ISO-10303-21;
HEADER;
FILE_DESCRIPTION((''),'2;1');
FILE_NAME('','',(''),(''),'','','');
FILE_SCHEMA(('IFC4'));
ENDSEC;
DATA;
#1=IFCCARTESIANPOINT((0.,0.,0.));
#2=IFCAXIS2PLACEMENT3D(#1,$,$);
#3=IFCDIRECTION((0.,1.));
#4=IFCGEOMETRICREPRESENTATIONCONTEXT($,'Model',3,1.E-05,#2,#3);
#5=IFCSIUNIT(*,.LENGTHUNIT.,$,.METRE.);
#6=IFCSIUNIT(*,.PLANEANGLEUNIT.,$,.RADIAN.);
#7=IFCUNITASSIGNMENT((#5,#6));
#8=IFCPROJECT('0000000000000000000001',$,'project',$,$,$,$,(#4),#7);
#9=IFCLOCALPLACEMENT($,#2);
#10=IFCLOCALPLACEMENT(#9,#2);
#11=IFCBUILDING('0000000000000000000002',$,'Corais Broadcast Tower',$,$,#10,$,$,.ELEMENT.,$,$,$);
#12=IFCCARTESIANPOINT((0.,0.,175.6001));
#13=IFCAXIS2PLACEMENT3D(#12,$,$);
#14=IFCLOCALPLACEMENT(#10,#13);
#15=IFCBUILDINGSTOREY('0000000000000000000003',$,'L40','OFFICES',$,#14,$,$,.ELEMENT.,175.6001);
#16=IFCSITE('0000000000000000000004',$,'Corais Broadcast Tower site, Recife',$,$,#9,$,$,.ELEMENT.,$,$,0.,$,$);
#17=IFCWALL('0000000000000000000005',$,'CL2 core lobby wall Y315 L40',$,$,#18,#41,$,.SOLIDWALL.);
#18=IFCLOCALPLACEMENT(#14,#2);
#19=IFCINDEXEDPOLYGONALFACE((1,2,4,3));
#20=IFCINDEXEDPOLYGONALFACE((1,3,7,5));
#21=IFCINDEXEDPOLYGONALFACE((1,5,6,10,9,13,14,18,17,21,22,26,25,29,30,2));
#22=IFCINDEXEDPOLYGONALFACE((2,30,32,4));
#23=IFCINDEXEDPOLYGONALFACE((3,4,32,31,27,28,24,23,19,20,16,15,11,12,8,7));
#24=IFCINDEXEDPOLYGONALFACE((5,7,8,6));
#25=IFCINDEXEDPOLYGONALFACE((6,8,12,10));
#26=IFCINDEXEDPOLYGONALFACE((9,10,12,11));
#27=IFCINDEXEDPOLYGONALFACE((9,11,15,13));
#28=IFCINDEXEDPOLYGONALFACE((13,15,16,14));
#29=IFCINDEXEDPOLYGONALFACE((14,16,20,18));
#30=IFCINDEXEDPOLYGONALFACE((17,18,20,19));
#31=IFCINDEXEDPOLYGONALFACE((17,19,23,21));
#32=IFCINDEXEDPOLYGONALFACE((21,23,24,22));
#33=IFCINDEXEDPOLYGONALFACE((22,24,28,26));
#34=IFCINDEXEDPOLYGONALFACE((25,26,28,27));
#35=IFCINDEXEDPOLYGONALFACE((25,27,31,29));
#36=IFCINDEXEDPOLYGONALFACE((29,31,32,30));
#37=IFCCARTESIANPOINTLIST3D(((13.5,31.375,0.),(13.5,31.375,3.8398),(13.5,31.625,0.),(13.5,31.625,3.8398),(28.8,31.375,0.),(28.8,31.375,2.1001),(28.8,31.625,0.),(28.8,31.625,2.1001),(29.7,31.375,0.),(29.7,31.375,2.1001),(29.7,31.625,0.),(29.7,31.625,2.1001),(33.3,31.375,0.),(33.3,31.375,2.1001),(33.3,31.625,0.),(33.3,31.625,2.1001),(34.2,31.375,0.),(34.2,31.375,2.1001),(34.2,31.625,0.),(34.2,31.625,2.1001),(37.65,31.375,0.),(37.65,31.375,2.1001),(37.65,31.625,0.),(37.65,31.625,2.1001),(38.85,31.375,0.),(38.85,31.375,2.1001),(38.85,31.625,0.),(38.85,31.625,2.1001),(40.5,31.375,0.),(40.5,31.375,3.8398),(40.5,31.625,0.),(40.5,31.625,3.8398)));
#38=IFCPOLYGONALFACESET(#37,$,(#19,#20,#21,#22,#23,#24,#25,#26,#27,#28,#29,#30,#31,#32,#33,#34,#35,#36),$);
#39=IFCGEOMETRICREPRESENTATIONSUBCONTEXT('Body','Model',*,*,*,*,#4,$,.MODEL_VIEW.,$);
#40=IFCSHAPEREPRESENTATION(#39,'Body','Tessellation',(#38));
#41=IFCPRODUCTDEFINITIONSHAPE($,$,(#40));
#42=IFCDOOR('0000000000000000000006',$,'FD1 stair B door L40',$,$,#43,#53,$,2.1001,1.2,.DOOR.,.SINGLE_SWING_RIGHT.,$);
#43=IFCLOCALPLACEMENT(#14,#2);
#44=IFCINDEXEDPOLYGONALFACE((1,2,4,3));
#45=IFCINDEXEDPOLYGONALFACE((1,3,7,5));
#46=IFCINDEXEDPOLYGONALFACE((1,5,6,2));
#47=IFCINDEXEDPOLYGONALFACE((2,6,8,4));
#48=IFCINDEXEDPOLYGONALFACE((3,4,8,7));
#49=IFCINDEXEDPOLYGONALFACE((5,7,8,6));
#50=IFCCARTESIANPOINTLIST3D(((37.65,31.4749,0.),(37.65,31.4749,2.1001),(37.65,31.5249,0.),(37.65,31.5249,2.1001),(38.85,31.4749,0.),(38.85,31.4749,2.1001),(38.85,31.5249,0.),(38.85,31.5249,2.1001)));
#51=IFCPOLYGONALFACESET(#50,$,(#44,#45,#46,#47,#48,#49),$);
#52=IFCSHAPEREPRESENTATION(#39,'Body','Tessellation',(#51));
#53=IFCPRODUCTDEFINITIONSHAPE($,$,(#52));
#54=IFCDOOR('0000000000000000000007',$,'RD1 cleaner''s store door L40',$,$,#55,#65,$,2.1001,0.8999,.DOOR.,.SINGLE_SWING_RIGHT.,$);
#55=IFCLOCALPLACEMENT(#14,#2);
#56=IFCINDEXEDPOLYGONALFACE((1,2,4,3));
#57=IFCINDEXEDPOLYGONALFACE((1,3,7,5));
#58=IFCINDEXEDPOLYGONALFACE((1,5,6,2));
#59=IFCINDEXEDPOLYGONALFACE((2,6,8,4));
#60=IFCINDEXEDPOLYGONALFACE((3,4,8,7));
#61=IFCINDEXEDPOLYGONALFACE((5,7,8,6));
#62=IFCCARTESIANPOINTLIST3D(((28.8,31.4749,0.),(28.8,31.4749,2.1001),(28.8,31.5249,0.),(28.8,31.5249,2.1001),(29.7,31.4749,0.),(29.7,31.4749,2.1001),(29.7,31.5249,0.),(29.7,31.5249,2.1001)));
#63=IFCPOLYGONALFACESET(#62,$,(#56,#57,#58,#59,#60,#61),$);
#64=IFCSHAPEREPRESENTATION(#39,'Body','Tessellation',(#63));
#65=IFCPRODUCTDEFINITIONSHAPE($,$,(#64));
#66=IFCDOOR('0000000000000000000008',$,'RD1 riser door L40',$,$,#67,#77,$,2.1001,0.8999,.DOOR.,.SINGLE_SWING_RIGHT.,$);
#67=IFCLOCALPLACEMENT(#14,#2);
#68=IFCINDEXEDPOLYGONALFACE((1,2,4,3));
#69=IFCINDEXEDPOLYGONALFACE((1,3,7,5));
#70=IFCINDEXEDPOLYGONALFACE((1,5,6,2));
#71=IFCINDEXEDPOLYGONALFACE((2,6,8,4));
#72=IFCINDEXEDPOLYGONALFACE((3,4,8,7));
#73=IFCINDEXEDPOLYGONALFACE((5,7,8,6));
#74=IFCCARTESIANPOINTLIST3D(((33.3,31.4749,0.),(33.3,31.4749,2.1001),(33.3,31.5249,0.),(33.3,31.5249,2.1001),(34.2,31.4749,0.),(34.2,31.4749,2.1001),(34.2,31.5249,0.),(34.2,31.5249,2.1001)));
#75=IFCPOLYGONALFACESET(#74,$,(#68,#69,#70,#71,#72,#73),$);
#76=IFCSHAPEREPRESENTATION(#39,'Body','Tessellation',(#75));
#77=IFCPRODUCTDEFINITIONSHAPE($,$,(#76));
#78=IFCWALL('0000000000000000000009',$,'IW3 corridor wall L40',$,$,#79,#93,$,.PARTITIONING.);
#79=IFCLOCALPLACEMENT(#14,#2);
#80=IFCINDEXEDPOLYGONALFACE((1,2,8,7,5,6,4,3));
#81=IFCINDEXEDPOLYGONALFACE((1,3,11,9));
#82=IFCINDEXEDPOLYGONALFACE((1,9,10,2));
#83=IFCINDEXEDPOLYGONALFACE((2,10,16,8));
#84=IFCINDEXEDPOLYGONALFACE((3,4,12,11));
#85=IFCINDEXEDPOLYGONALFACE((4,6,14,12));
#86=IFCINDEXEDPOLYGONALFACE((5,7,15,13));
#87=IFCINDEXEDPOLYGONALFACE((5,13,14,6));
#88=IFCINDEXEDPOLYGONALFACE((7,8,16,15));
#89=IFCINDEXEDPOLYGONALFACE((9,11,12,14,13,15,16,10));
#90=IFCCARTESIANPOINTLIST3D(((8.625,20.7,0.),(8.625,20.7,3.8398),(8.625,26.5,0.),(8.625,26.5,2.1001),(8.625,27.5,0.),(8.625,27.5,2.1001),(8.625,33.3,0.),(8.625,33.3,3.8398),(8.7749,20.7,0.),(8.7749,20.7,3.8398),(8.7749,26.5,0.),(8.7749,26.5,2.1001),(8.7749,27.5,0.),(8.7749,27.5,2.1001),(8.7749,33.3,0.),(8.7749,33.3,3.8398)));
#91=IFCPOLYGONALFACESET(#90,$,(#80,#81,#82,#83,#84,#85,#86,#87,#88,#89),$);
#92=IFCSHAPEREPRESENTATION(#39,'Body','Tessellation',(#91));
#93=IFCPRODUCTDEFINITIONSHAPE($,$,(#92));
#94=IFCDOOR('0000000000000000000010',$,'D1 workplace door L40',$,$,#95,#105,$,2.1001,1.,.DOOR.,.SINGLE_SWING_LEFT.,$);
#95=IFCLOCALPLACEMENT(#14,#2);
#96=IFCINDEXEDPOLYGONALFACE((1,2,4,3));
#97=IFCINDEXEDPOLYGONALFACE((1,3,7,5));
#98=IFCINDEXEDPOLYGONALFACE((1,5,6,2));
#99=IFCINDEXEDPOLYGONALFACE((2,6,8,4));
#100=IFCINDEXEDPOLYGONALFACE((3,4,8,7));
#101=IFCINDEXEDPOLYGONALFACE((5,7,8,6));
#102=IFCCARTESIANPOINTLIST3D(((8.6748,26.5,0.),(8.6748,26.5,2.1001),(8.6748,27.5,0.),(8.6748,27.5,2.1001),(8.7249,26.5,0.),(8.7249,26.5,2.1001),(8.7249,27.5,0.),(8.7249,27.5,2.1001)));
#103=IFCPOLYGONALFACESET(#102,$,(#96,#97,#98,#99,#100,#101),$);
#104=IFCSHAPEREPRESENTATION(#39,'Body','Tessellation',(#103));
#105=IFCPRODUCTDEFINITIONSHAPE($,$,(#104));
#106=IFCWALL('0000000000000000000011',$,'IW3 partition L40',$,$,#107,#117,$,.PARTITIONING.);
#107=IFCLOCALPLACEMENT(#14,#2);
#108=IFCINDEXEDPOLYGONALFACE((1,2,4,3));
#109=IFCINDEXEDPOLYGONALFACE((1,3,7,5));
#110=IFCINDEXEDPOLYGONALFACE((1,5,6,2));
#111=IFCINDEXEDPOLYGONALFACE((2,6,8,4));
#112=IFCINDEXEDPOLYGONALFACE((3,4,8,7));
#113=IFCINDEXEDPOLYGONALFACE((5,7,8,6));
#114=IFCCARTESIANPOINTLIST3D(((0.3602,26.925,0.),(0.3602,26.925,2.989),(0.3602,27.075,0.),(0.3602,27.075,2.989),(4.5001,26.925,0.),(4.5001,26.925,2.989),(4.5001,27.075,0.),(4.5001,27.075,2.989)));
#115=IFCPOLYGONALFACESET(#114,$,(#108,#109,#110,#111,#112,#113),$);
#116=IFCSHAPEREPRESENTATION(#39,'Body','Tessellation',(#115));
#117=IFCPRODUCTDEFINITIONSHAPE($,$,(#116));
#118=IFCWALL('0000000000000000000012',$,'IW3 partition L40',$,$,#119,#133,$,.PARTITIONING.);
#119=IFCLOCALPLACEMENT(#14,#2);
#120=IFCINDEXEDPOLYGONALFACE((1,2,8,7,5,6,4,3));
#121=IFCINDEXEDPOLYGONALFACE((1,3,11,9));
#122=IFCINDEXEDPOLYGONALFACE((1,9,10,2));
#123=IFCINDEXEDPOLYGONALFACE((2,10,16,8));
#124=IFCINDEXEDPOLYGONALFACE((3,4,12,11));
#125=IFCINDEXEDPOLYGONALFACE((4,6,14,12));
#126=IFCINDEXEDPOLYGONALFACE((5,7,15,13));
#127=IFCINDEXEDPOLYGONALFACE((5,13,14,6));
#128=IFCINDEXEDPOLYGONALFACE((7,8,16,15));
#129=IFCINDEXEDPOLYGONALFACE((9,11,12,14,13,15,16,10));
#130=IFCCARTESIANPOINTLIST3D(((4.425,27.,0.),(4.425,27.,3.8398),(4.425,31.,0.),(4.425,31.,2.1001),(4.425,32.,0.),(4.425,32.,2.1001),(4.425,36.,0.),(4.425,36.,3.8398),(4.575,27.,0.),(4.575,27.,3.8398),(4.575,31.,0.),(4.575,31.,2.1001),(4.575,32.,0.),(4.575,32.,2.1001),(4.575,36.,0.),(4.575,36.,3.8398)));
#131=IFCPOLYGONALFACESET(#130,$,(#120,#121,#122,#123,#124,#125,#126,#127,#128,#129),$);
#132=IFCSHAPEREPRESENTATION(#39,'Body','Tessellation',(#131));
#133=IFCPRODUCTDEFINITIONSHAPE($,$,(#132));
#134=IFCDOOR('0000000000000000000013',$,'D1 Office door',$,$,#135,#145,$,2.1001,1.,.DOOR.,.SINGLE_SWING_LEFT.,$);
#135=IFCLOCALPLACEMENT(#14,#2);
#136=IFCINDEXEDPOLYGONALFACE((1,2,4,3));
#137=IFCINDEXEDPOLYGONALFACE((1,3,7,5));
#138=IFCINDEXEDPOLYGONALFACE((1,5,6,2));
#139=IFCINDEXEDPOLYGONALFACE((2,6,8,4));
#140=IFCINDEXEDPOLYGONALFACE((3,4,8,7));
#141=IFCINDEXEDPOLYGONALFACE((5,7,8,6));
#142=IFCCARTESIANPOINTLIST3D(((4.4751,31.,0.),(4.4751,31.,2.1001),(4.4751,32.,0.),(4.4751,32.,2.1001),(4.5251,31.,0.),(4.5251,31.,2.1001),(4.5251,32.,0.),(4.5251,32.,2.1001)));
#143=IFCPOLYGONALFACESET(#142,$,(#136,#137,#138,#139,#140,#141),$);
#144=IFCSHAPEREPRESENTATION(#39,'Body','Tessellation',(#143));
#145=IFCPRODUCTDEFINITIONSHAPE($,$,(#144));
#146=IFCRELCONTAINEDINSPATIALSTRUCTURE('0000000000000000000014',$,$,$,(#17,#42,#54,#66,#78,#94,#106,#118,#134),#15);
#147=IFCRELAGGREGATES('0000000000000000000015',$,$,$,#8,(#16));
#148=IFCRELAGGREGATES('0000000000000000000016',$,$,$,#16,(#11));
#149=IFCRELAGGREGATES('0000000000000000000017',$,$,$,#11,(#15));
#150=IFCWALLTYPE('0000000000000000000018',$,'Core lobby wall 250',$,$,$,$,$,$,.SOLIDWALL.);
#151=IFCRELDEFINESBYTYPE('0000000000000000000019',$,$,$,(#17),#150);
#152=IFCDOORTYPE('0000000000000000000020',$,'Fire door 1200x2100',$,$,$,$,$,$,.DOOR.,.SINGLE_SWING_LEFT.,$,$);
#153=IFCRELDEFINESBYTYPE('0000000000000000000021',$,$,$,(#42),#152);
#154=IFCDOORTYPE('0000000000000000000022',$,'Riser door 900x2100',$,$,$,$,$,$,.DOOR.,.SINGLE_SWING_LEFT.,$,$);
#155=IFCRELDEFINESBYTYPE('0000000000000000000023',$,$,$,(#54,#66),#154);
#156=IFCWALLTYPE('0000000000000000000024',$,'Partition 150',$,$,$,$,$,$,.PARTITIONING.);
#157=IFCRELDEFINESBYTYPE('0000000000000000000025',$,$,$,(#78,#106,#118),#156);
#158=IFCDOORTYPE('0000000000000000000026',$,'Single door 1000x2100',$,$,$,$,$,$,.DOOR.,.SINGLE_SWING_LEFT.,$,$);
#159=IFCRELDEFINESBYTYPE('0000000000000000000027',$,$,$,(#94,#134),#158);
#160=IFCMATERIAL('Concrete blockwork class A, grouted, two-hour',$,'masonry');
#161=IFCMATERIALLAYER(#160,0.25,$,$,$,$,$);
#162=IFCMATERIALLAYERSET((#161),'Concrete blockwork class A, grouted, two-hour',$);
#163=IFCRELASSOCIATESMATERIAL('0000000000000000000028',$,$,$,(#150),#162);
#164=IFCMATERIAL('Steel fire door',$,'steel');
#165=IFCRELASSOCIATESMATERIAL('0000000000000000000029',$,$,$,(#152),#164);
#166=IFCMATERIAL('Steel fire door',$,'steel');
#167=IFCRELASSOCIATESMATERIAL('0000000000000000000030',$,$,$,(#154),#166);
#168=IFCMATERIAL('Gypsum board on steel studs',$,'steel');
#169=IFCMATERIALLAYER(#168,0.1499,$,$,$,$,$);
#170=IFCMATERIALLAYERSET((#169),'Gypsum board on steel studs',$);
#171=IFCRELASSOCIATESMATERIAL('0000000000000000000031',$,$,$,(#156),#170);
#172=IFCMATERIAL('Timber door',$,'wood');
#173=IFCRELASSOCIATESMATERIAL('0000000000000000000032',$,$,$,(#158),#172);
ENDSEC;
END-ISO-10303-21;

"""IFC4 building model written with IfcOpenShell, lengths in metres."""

from ifc_helpers import new_model, si_unit, direction, frame, frame_2d, origin, place, context, subcontext, project, spatial, rectangle, extrude, material, layer, layer_set, type_object, element, fill, save


model = new_model("IFC4")

# Units and contexts
model_context = context("Model", 3, precision=1e-05, world=origin(), true_north=direction((0.0, 1.0)))
body_context = subcontext(model_context, "Body", "Model", "MODEL_VIEW")
ifc_project = project(units=[si_unit("LENGTHUNIT", "METRE"), si_unit("PLANEANGLEUNIT", "RADIAN")], contexts=[model_context])

# Site, building, storey
site_placement = place(None, origin())
site = spatial("IfcSite", under=ifc_project, at=site_placement, Name="Corais Broadcast Tower site, Recife", CompositionType="ELEMENT", RefElevation=0.0)
building_placement = place(site_placement, origin())
building = spatial("IfcBuilding", under=site, at=building_placement, Name="Corais Broadcast Tower", CompositionType="ELEMENT")
storey_placement = place(building_placement, frame((0.0, 0.0, 175.6001)))
storey = spatial("IfcBuildingStorey", under=building, at=storey_placement, Name="L40", Description="OFFICES", CompositionType="ELEMENT", Elevation=175.6001)

# Wall, openings, doors
ifc_material_1 = material(Name="Concrete blockwork class A, grouted, two-hour", Category="masonry")
ifc_layer_1 = layer(ifc_material_1, 0.25)
ifc_layer_set_1 = layer_set([ifc_layer_1], Name="Concrete blockwork class A, grouted, two-hour")
wall_type_1 = type_object("IfcWallType", Name="Core lobby wall 250", PredefinedType="SOLIDWALL", material=ifc_layer_set_1)
wall_1_placement = place(storey_placement, frame((13.5, 31.5, 0.0), z_axis=(0.0, 0.0, 1.0), x_axis=(1.0, 0.0, 0.0)))
wall_1 = element("IfcWall", 1, at=wall_1_placement, inside=storey, type_object=wall_type_1, Name="CL2 core lobby wall Y315 L40", PredefinedType="SOLIDWALL", context=body_context, shape_type="SweptSolid", body=[
    extrude(rectangle(XDim=27.0, YDim=0.25, at=frame_2d((13.5, 0.0))), origin(), (0.0, 0.0, 1.0), 3.8398),
])
opening_1_placement = place(wall_1_placement, frame((24.1499, 0.0, 0.0)))
opening_1 = element("IfcOpeningElement", 2, at=opening_1_placement, cuts=wall_1, PredefinedType="OPENING", context=body_context, shape_type="SweptSolid", body=[
    extrude(rectangle(XDim=1.2, YDim=2.1001, at=frame_2d((0.6001, 1.05))), frame((0.0, 0.135, 0.0), z_axis=(0.0, -1.0, 0.0), x_axis=(1.0, 0.0, 0.0)), (0.0, 0.0, 1.0), 0.27),
])
opening_2_placement = place(wall_1_placement, frame((15.3, 0.0, 0.0)))
opening_2 = element("IfcOpeningElement", 3, at=opening_2_placement, cuts=wall_1, PredefinedType="OPENING", context=body_context, shape_type="SweptSolid", body=[
    extrude(rectangle(XDim=0.8999, YDim=2.1001, at=frame_2d((0.45, 1.05))), frame((0.0, 0.135, 0.0), z_axis=(0.0, -1.0, 0.0), x_axis=(1.0, 0.0, 0.0)), (0.0, 0.0, 1.0), 0.27),
])
opening_3_placement = place(wall_1_placement, frame((19.8, 0.0, 0.0)))
opening_3 = element("IfcOpeningElement", 4, at=opening_3_placement, cuts=wall_1, PredefinedType="OPENING", context=body_context, shape_type="SweptSolid", body=[
    extrude(rectangle(XDim=0.8999, YDim=2.1001, at=frame_2d((0.45, 1.05))), frame((0.0, 0.135, 0.0), z_axis=(0.0, -1.0, 0.0), x_axis=(1.0, 0.0, 0.0)), (0.0, 0.0, 1.0), 0.27),
])
ifc_material_2 = material(Name="Steel fire door", Category="steel")
door_type_1 = type_object("IfcDoorType", Name="Fire door 1200x2100", OperationType="SINGLE_SWING_LEFT", PredefinedType="DOOR", material=ifc_material_2)
door_1_placement = place(opening_1_placement, origin())
door_1 = element("IfcDoor", 5, at=door_1_placement, inside=storey, type_object=door_type_1, Name="FD1 stair B door L40", OperationType="SINGLE_SWING_RIGHT", OverallHeight=2.1001, OverallWidth=1.2, PredefinedType="DOOR", context=body_context, shape_type="SweptSolid", body=[
    extrude(rectangle(XDim=1.2, YDim=2.1001, at=frame_2d((0.6001, 1.05))), frame((0.0, 0.0249, 0.0), z_axis=(0.0, -1.0, 0.0), x_axis=(1.0, 0.0, 0.0)), (0.0, 0.0, 1.0), 0.05),
])
fill(opening_1, door_1)
ifc_material_3 = material(Name="Steel fire door", Category="steel")
door_type_2 = type_object("IfcDoorType", Name="Riser door 900x2100", OperationType="SINGLE_SWING_LEFT", PredefinedType="DOOR", material=ifc_material_3)
door_2_placement = place(opening_2_placement, origin())
door_2 = element("IfcDoor", 6, at=door_2_placement, inside=storey, type_object=door_type_2, Name="RD1 cleaner's store door L40", OperationType="SINGLE_SWING_RIGHT", OverallHeight=2.1001, OverallWidth=0.8999, PredefinedType="DOOR", context=body_context, shape_type="SweptSolid", body=[
    extrude(rectangle(XDim=0.8999, YDim=2.1001, at=frame_2d((0.45, 1.05))), frame((0.0, 0.0249, 0.0), z_axis=(0.0, -1.0, 0.0), x_axis=(1.0, 0.0, 0.0)), (0.0, 0.0, 1.0), 0.05),
])
fill(opening_2, door_2)
door_3_placement = place(opening_3_placement, origin())
door_3 = element("IfcDoor", 7, at=door_3_placement, inside=storey, type_object=door_type_2, Name="RD1 riser door L40", OperationType="SINGLE_SWING_RIGHT", OverallHeight=2.1001, OverallWidth=0.8999, PredefinedType="DOOR", context=body_context, shape_type="SweptSolid", body=[
    extrude(rectangle(XDim=0.8999, YDim=2.1001, at=frame_2d((0.45, 1.05))), frame((0.0, 0.0249, 0.0), z_axis=(0.0, -1.0, 0.0), x_axis=(1.0, 0.0, 0.0)), (0.0, 0.0, 1.0), 0.05),
])
fill(opening_3, door_3)

# Wall, opening, door
ifc_material_4 = material(Name="Gypsum board on steel studs", Category="steel")
ifc_layer_2 = layer(ifc_material_4, 0.1499)
ifc_layer_set_2 = layer_set([ifc_layer_2], Name="Gypsum board on steel studs")
wall_type_2 = type_object("IfcWallType", Name="Partition 150", PredefinedType="PARTITIONING", material=ifc_layer_set_2)
wall_2_placement = place(storey_placement, frame((8.7, 33.3, 0.0), z_axis=(0.0, 0.0, 1.0), x_axis=(0.0, -1.0, 0.0)))
wall_2 = element("IfcWall", 8, at=wall_2_placement, inside=storey, type_object=wall_type_2, Name="IW3 corridor wall L40", PredefinedType="PARTITIONING", context=body_context, shape_type="SweptSolid", body=[
    extrude(rectangle(XDim=12.6001, YDim=0.1499, at=frame_2d((6.3, 0.0))), origin(), (0.0, 0.0, 1.0), 3.8398),
])
opening_4_placement = place(wall_2_placement, frame((5.8, 0.0, 0.0)))
opening_4 = element("IfcOpeningElement", 9, at=opening_4_placement, cuts=wall_2, PredefinedType="OPENING", context=body_context, shape_type="SweptSolid", body=[
    extrude(rectangle(XDim=1.0, YDim=2.1001, at=frame_2d((0.5, 1.05))), frame((0.0, 0.085, 0.0), z_axis=(0.0, -1.0, 0.0), x_axis=(1.0, 0.0, 0.0)), (0.0, 0.0, 1.0), 0.1699),
])
ifc_material_5 = material(Name="Timber door", Category="wood")
door_type_3 = type_object("IfcDoorType", Name="Single door 1000x2100", OperationType="SINGLE_SWING_LEFT", PredefinedType="DOOR", material=ifc_material_5)
door_4_placement = place(opening_4_placement, origin())
door_4 = element("IfcDoor", 10, at=door_4_placement, inside=storey, type_object=door_type_3, Name="D1 workplace door L40", OperationType="SINGLE_SWING_LEFT", OverallHeight=2.1001, OverallWidth=1.0, PredefinedType="DOOR", context=body_context, shape_type="SweptSolid", body=[
    extrude(rectangle(XDim=1.0, YDim=2.1001, at=frame_2d((0.5, 1.05))), frame((0.0, 0.0249, 0.0), z_axis=(0.0, -1.0, 0.0), x_axis=(1.0, 0.0, 0.0)), (0.0, 0.0, 1.0), 0.05),
])
fill(opening_4, door_4)

# Wall
wall_3_placement = place(storey_placement, frame((4.5, 27.0, 0.0), z_axis=(0.0, 0.0, 1.0), x_axis=(-1.0, 0.0, 0.0)))
element("IfcWall", 11, at=wall_3_placement, inside=storey, type_object=wall_type_2, Name="IW3 partition L40", PredefinedType="PARTITIONING", context=body_context, shape_type="SweptSolid", body=[
    extrude(rectangle(XDim=4.1399, YDim=0.1499, at=frame_2d((2.0698, 0.0))), origin(), (0.0, 0.0, 1.0), 2.989),
])

# Wall, opening, door
wall_4_placement = place(storey_placement, frame((4.5, 27.0, 0.0), z_axis=(0.0, 0.0, 1.0), x_axis=(0.0, 1.0, 0.0)))
wall_4 = element("IfcWall", 12, at=wall_4_placement, inside=storey, type_object=wall_type_2, Name="IW3 partition L40", PredefinedType="PARTITIONING", context=body_context, shape_type="SweptSolid", body=[
    extrude(rectangle(XDim=9.0, YDim=0.1499, at=frame_2d((4.5, 0.0))), origin(), (0.0, 0.0, 1.0), 3.8398),
])
opening_5_placement = place(wall_4_placement, frame((4.0, 0.0, 0.0)))
opening_5 = element("IfcOpeningElement", 13, at=opening_5_placement, cuts=wall_4, PredefinedType="OPENING", context=body_context, shape_type="SweptSolid", body=[
    extrude(rectangle(XDim=1.0, YDim=2.1001, at=frame_2d((0.5, 1.05))), frame((0.0, 0.085, 0.0), z_axis=(0.0, -1.0, 0.0), x_axis=(1.0, 0.0, 0.0)), (0.0, 0.0, 1.0), 0.1699),
])
door_5_placement = place(opening_5_placement, origin())
door_5 = element("IfcDoor", 14, at=door_5_placement, inside=storey, type_object=door_type_3, Name="D1 Office door", OperationType="SINGLE_SWING_LEFT", OverallHeight=2.1001, OverallWidth=1.0, PredefinedType="DOOR", context=body_context, shape_type="SweptSolid", body=[
    extrude(rectangle(XDim=1.0, YDim=2.1001, at=frame_2d((0.5, 1.05))), frame((0.0, 0.0249, 0.0), z_axis=(0.0, -1.0, 0.0), x_axis=(1.0, 0.0, 0.0)), (0.0, 0.0, 1.0), 0.05),
])
fill(opening_5, door_5)

save(model, "model.ifc")
